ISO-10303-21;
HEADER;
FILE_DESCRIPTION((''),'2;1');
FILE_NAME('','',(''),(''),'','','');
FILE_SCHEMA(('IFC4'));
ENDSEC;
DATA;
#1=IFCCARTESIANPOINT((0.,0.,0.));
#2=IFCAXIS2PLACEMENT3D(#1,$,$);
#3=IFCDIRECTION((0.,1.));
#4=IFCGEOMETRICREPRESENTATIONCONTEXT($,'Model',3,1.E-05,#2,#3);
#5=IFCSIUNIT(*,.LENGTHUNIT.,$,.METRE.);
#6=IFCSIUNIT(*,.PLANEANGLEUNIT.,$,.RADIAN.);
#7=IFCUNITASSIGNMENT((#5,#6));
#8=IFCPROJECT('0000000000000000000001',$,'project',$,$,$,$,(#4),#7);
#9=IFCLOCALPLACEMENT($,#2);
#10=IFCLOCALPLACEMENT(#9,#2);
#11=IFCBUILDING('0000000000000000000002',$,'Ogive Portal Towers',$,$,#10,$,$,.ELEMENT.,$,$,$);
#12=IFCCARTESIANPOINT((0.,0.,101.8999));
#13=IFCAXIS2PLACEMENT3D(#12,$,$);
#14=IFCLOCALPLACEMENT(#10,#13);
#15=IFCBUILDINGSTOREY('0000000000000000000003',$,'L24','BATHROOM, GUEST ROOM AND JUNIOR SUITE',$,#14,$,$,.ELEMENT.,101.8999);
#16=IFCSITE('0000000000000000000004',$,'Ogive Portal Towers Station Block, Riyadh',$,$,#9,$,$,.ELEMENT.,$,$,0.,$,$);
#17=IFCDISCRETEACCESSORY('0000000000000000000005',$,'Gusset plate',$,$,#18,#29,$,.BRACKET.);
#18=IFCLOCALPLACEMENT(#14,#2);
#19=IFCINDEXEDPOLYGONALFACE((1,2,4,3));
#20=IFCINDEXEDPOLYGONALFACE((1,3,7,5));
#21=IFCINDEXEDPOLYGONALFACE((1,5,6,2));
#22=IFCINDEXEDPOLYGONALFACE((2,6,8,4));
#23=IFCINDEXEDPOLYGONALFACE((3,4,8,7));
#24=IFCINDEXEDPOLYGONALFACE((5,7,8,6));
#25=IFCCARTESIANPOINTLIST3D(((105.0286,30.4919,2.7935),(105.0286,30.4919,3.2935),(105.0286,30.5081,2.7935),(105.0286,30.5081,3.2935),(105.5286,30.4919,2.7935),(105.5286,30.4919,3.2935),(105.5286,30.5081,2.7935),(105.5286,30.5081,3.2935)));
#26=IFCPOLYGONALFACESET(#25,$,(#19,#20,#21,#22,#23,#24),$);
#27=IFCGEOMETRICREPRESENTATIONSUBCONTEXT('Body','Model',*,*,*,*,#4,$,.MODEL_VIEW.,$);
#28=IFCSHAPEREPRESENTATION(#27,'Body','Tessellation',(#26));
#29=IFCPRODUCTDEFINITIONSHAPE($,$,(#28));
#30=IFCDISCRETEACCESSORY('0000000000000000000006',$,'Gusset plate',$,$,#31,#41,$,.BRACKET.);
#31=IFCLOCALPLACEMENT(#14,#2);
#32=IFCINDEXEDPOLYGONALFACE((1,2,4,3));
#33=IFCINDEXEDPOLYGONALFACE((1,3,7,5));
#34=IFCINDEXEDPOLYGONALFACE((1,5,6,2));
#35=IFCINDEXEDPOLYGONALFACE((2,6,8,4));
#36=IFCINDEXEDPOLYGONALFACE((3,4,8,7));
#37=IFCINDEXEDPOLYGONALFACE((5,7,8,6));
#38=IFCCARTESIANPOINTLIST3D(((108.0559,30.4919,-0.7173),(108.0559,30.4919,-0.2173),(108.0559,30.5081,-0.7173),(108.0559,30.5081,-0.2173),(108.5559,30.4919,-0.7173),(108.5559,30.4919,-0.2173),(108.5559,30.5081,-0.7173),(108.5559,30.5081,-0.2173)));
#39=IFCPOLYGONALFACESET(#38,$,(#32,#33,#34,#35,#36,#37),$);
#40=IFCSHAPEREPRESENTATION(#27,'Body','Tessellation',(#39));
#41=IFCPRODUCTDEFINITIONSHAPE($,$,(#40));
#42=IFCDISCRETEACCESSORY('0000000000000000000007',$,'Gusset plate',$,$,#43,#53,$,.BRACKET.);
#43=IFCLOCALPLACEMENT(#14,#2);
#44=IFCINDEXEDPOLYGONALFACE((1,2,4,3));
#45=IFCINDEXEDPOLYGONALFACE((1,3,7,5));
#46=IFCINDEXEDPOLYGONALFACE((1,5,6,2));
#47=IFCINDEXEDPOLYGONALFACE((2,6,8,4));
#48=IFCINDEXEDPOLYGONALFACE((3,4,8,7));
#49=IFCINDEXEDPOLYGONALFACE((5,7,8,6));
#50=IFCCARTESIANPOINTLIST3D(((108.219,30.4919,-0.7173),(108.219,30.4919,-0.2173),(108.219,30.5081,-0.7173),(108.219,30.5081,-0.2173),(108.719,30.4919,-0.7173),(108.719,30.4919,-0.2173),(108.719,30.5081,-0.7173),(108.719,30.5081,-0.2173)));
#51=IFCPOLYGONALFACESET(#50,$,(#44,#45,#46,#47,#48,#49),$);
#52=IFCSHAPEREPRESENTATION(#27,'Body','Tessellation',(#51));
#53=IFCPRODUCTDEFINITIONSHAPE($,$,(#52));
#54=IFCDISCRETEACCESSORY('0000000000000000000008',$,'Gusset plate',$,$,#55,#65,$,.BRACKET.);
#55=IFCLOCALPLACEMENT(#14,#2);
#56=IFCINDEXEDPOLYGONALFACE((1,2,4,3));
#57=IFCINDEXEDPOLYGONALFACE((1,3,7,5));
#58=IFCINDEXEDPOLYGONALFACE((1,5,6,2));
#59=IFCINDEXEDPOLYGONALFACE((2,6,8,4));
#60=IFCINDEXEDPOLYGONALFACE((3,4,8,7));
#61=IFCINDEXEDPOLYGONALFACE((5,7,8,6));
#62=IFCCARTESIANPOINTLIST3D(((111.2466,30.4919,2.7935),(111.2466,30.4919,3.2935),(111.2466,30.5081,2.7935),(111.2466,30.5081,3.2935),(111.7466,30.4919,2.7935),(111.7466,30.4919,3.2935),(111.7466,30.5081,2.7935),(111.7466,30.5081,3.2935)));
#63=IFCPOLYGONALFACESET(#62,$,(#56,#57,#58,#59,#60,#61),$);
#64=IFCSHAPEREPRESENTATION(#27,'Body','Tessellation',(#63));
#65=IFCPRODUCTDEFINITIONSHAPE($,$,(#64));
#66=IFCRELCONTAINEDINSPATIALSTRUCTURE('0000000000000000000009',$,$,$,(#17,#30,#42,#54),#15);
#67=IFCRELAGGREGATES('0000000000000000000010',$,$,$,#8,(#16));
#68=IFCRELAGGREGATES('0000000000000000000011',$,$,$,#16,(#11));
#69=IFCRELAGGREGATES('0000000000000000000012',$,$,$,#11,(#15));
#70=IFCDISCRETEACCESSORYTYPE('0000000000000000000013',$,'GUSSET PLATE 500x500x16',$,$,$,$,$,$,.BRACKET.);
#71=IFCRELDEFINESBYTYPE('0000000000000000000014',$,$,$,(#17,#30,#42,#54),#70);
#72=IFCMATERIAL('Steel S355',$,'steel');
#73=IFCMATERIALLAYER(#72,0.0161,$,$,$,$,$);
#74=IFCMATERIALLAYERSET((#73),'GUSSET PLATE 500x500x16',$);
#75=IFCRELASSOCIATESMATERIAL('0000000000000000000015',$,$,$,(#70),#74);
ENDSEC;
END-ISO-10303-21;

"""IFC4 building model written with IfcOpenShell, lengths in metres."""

from ifc_helpers import new_model, si_unit, direction, frame, origin, origin_2d, place, context, subcontext, project, spatial, rectangle, extrude, material, layer, layer_set, type_object, element, save


model = new_model("IFC4")

# Units and contexts
model_context = context("Model", 3, precision=1e-05, world=origin(), true_north=direction((0.0, 1.0)))
body_context = subcontext(model_context, "Body", "Model", "MODEL_VIEW")
ifc_project = project(units=[si_unit("LENGTHUNIT", "METRE"), si_unit("PLANEANGLEUNIT", "RADIAN")], contexts=[model_context])

# Site, building, storey
site_placement = place(None, origin())
site = spatial("IfcSite", under=ifc_project, at=site_placement, Name="Ogive Portal Towers Station Block, Riyadh", CompositionType="ELEMENT", RefElevation=0.0)
building_placement = place(site_placement, origin())
building = spatial("IfcBuilding", under=site, at=building_placement, Name="Ogive Portal Towers", CompositionType="ELEMENT")
storey_placement = place(building_placement, frame((0.0, 0.0, 101.8999)))
storey = spatial("IfcBuildingStorey", under=building, at=storey_placement, Name="L24", Description="BATHROOM, GUEST ROOM AND JUNIOR SUITE", CompositionType="ELEMENT", Elevation=101.8999)

# Shared definitions
ifc_material_1 = material(Name="Steel S355", Category="steel")

# Discrete accessories
ifc_layer_1 = layer(ifc_material_1, 0.0161)
ifc_layer_set_1 = layer_set([ifc_layer_1], Name="GUSSET PLATE 500x500x16")
discrete_accessory_type = type_object("IfcDiscreteAccessoryType", Name="GUSSET PLATE 500x500x16", PredefinedType="BRACKET", material=ifc_layer_set_1)
for number, where, z_axis, x_axis, name in (
    (1, (105.2786, 30.5, 2.7935), (0.0, 0.0, 1.0), (1.0, 0.0, 0.0), "Gusset plate"),
    (2, (108.3059, 30.5, -0.7173), (0.0, 0.0, 1.0), (1.0, 0.0, 0.0), "Gusset plate"),
    (3, (108.469, 30.5, -0.7173), (0.0, 0.0, 1.0), (1.0, 0.0, 0.0), "Gusset plate"),
    (4, (111.4966, 30.5, 2.7935), (0.0, 0.0, 1.0), (1.0, 0.0, 0.0), "Gusset plate"),
):
    element("IfcDiscreteAccessory", number, at=place(storey_placement, frame(where, z_axis=z_axis, x_axis=x_axis)), inside=storey, type_object=discrete_accessory_type, Name=name, PredefinedType="BRACKET", context=body_context, shape_type="SweptSolid", body=[
        extrude(rectangle(XDim=0.5, YDim=0.0161, at=origin_2d()), origin(), (0.0, 0.0, 1.0), 0.5),
    ])

save(model, "model.ifc")
